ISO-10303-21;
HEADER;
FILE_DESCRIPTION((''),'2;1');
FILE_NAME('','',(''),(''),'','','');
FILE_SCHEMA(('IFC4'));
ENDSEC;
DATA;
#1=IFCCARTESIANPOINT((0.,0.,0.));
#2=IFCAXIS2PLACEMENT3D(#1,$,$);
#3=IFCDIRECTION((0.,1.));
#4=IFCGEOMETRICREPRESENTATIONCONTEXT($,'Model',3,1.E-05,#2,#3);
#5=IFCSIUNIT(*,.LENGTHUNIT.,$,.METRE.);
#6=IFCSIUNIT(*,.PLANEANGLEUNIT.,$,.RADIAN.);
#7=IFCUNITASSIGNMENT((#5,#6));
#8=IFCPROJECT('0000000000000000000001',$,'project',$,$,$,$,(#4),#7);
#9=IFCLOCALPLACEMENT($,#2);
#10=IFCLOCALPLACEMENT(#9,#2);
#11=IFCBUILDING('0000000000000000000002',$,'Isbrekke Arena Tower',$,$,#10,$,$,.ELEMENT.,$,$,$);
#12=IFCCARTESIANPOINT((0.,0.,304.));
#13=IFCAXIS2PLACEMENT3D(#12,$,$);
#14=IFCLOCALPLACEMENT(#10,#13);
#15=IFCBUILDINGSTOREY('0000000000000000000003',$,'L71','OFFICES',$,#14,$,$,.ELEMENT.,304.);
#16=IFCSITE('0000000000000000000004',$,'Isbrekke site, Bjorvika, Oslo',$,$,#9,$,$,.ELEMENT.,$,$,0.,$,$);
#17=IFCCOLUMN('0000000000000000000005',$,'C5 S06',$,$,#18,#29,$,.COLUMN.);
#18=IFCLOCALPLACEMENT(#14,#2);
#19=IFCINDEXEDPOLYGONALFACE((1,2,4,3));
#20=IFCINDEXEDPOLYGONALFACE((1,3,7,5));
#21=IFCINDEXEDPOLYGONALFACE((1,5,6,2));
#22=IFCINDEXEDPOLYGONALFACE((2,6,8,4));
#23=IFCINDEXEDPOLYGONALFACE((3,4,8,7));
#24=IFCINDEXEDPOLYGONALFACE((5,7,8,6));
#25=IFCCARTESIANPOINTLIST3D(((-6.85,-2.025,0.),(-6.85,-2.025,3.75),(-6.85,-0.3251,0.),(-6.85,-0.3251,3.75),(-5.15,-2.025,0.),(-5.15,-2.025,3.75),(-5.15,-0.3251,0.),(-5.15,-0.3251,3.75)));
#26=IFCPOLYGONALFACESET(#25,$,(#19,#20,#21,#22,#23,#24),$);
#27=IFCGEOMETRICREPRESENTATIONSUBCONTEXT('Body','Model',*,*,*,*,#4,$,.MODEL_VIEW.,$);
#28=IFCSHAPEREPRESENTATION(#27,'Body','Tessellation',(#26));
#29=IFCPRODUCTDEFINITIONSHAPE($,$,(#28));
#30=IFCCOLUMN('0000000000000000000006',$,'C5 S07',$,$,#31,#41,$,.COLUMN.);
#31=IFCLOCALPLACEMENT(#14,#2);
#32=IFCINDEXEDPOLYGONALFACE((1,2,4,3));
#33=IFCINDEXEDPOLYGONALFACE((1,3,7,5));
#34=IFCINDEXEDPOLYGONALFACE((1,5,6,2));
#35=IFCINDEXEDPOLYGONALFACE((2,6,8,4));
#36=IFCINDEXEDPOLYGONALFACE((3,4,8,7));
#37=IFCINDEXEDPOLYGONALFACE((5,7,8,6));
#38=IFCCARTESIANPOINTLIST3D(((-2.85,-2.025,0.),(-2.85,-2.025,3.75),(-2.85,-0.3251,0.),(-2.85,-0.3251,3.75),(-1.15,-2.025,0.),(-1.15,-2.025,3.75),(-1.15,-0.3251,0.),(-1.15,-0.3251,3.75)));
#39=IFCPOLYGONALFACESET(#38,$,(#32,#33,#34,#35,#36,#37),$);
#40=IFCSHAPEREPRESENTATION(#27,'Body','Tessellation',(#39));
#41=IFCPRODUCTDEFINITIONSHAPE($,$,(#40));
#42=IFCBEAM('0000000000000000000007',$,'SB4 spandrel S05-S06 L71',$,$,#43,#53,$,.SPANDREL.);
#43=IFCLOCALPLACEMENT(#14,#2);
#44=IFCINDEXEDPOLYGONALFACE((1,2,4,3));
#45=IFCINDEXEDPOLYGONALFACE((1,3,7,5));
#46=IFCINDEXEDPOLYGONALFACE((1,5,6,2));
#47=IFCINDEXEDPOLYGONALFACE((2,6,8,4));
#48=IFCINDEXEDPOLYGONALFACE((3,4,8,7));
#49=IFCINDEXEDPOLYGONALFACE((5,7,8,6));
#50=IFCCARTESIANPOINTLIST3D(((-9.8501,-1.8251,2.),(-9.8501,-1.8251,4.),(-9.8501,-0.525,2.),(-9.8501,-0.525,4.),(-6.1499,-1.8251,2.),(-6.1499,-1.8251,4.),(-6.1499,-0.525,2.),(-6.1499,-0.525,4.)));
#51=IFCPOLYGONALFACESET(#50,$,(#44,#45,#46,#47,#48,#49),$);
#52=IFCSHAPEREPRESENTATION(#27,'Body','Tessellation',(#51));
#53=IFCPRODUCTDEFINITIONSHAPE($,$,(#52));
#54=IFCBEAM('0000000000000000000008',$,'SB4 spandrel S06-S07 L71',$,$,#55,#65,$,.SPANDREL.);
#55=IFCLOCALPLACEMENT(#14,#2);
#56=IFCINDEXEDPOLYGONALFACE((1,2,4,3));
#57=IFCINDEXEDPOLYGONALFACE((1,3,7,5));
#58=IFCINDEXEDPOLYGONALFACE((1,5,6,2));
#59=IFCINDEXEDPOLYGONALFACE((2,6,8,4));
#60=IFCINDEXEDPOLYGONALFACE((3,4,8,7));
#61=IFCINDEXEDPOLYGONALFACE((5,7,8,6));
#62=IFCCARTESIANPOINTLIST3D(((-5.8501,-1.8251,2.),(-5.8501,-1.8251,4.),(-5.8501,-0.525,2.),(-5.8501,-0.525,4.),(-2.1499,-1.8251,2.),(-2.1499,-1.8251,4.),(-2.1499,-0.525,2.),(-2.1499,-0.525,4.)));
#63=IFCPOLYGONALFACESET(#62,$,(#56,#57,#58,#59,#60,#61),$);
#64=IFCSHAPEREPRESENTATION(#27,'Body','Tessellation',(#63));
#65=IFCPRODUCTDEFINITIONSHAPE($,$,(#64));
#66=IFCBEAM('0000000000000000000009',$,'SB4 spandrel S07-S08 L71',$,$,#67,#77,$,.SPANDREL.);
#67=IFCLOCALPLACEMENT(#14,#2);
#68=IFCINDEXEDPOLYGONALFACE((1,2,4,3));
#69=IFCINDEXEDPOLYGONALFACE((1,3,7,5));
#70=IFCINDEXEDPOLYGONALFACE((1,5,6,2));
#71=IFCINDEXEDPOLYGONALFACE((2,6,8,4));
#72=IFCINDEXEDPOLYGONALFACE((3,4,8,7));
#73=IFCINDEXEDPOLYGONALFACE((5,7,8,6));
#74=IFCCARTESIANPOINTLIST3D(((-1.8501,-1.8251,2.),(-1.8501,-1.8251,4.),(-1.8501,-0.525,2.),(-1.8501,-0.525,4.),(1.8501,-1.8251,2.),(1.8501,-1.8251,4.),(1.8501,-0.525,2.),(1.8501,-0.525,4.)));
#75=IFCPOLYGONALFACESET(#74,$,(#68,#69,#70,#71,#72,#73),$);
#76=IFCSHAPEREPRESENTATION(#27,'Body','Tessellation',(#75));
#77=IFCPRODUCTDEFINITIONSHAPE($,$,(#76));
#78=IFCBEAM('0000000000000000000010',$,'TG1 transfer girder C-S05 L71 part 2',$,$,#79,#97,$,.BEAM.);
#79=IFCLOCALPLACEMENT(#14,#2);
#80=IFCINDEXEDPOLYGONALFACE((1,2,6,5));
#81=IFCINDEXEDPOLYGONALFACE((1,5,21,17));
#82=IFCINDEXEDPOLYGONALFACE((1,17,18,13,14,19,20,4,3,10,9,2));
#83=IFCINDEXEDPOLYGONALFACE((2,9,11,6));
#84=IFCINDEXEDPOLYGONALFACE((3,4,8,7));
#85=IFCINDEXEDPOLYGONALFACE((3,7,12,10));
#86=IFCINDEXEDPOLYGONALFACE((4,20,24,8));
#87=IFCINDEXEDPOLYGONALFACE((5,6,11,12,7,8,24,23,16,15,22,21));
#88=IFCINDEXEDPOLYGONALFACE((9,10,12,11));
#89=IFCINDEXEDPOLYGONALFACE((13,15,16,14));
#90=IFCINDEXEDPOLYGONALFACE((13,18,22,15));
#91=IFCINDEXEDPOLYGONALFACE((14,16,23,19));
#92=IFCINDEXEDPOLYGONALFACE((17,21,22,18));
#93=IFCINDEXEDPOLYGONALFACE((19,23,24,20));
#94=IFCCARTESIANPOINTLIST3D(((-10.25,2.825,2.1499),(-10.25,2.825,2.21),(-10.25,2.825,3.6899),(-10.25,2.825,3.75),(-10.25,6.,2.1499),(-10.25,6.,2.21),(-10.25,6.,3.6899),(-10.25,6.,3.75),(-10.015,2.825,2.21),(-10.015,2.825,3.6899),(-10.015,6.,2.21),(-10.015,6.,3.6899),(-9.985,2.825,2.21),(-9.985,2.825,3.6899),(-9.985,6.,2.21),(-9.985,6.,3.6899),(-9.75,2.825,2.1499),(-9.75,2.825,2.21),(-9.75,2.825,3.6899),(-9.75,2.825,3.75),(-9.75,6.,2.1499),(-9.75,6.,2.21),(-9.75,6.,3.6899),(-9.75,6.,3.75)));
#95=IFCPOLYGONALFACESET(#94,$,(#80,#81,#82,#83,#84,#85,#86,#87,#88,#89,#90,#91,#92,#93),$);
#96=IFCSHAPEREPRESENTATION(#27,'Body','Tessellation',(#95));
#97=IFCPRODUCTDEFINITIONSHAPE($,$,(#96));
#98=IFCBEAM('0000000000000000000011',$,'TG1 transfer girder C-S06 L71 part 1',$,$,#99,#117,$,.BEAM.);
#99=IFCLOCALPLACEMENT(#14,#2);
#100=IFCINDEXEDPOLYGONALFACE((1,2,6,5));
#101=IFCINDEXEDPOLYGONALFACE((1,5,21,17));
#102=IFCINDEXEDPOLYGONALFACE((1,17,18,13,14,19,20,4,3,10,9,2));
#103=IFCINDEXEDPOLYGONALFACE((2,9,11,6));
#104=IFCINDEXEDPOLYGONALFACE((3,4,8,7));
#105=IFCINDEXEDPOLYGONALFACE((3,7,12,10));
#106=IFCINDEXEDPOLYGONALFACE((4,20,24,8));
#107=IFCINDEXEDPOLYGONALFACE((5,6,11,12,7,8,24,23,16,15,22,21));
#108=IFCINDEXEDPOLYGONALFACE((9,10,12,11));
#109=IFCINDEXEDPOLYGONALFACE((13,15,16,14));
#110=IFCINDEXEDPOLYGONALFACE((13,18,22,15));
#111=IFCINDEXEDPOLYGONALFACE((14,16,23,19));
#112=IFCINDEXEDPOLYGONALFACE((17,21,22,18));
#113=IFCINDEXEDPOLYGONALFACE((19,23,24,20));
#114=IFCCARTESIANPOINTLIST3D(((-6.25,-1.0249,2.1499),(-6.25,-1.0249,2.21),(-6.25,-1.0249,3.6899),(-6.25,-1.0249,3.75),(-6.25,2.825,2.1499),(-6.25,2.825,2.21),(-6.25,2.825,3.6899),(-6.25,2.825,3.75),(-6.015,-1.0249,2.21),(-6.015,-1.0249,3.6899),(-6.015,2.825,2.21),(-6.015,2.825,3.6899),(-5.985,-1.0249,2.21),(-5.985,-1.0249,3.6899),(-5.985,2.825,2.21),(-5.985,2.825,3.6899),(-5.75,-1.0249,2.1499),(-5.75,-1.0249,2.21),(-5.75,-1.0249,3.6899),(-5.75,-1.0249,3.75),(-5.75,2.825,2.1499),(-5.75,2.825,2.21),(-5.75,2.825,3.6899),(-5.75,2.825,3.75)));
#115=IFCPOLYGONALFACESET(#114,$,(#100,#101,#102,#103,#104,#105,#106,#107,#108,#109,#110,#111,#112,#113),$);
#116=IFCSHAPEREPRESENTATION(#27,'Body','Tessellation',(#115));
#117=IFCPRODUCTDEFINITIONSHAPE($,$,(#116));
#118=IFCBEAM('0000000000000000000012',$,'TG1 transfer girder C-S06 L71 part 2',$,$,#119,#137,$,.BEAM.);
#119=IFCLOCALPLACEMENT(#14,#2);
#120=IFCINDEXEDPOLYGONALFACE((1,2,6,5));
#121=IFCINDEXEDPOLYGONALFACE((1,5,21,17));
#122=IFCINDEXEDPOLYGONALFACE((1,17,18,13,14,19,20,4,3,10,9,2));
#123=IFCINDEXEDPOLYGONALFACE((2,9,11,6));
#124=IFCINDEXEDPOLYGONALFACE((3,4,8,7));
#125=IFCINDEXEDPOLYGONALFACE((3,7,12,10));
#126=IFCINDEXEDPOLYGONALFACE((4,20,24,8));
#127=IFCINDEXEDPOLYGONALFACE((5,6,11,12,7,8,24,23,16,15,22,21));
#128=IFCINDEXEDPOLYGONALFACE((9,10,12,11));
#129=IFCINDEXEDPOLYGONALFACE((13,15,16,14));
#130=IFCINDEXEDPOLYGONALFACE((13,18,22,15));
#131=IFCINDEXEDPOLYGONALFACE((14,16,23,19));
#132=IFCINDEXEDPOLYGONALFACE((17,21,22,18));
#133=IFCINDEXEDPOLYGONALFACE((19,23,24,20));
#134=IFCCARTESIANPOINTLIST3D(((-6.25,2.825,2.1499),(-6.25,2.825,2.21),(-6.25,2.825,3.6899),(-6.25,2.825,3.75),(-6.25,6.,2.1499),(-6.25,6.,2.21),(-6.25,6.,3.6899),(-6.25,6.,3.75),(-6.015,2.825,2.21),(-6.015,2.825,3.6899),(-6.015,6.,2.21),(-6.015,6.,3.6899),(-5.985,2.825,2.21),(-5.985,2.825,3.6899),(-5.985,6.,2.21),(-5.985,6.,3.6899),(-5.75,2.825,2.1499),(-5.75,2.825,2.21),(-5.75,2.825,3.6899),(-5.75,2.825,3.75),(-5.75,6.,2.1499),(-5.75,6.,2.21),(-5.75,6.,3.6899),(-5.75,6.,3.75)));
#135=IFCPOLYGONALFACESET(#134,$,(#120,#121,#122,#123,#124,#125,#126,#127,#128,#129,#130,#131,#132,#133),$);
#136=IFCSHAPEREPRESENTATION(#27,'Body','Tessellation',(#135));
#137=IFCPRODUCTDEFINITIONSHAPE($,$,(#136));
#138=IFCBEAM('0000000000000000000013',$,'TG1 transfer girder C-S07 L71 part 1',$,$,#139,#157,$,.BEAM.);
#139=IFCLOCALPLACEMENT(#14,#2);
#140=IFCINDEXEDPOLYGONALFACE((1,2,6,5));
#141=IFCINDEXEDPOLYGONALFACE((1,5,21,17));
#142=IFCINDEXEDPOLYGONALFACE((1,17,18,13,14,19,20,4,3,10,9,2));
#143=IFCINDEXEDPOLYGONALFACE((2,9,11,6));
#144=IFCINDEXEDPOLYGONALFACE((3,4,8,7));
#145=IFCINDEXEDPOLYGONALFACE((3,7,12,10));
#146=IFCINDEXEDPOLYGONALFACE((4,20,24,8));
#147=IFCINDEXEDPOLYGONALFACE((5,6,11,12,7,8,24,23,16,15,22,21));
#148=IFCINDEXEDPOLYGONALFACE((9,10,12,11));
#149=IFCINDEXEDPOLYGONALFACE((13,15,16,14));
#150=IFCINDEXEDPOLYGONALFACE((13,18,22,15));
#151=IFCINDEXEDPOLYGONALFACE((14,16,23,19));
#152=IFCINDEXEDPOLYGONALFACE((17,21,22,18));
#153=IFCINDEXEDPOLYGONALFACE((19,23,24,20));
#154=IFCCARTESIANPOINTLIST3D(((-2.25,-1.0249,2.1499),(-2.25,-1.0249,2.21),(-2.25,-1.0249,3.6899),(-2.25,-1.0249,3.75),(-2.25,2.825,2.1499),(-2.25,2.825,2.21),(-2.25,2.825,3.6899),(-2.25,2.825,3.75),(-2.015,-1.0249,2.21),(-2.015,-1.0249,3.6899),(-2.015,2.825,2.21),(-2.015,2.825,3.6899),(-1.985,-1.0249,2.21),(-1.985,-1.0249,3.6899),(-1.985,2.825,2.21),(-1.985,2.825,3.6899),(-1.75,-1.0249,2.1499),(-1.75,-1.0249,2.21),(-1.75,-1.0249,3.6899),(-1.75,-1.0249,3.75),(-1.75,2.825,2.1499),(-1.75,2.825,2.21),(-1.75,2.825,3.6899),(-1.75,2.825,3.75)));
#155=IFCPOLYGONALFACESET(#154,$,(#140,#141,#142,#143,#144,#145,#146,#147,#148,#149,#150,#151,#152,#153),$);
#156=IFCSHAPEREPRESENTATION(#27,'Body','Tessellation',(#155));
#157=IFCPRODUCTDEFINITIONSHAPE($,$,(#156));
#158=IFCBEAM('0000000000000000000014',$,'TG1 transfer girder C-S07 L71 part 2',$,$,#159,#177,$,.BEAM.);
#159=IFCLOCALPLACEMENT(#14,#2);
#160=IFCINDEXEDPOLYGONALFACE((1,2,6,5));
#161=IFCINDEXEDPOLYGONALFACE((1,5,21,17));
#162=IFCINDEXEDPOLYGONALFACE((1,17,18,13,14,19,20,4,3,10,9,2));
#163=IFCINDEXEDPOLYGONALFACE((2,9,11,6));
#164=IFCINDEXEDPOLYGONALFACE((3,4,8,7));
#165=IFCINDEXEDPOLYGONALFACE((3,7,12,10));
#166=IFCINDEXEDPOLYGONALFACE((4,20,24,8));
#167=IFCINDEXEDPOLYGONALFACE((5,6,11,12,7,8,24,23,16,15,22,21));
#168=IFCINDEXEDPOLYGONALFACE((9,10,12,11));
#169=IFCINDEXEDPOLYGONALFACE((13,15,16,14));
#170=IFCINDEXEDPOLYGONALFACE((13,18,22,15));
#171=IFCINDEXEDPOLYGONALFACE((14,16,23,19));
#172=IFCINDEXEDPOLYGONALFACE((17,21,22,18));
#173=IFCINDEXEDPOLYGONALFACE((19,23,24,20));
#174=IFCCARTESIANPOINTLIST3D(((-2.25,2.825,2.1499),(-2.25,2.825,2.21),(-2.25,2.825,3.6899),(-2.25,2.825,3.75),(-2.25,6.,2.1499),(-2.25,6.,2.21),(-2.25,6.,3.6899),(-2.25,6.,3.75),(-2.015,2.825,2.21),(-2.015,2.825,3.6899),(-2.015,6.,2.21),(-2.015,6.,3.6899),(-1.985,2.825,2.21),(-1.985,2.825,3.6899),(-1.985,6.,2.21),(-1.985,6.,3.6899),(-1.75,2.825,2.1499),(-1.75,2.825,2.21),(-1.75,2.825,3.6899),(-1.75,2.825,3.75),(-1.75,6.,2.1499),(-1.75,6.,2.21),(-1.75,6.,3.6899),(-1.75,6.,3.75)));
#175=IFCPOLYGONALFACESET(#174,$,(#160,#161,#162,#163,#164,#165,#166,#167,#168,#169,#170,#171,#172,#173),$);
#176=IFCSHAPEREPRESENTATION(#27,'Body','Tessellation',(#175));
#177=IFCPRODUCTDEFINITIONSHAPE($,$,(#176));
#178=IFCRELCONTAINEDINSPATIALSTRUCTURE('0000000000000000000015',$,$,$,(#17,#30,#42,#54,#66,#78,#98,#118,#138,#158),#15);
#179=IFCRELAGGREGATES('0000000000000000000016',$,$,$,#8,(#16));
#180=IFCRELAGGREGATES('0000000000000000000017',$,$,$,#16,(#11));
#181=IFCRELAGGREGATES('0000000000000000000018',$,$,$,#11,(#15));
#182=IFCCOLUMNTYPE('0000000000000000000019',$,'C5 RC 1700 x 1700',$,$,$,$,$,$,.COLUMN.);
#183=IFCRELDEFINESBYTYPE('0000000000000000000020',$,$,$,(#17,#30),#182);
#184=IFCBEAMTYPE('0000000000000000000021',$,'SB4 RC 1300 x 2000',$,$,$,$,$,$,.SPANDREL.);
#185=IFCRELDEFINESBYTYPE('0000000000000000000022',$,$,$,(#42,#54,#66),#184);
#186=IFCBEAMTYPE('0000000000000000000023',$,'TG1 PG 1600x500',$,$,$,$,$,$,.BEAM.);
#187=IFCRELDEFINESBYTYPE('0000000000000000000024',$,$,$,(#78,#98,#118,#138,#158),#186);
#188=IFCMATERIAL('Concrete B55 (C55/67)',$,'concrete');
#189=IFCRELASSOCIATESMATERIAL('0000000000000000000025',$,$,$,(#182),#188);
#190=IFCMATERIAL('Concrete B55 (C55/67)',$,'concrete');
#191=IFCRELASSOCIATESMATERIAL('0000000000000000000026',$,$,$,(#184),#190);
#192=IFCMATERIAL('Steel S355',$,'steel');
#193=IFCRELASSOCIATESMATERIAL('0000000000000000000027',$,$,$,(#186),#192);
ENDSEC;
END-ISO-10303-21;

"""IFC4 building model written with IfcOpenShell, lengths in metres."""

from ifc_helpers import new_model, si_unit, direction, frame, origin, origin_2d, place, context, subcontext, project, spatial, rectangle, i_section, extrude, material, material_profile, profile_set, type_object, element, save


model = new_model("IFC4")

# Units and contexts
model_context = context("Model", 3, precision=1e-05, world=origin(), true_north=direction((0.0, 1.0)))
body_context = subcontext(model_context, "Body", "Model", "MODEL_VIEW")
ifc_project = project(units=[si_unit("LENGTHUNIT", "METRE"), si_unit("PLANEANGLEUNIT", "RADIAN")], contexts=[model_context])

# Site, building, storey
site_placement = place(None, origin())
site = spatial("IfcSite", under=ifc_project, at=site_placement, Name="Isbrekke site, Bjorvika, Oslo", CompositionType="ELEMENT", RefElevation=0.0)
building_placement = place(site_placement, origin())
building = spatial("IfcBuilding", under=site, at=building_placement, Name="Isbrekke Arena Tower", CompositionType="ELEMENT")
storey_placement = place(building_placement, frame((0.0, 0.0, 304.0)))
storey = spatial("IfcBuildingStorey", under=building, at=storey_placement, Name="L71", Description="OFFICES", CompositionType="ELEMENT", Elevation=304.0)

# Columns
ifc_material_1 = material(Name="Concrete B55 (C55/67)", Category="concrete")
ifc_material_profile_1 = material_profile(ifc_material_1, rectangle(XDim=1.7, YDim=1.7, at=origin_2d()), Name="RC 1700x1700")
ifc_profile_set_1 = profile_set([ifc_material_profile_1], Name="Concrete B55 (C55/67)")
column_type = type_object("IfcColumnType", Name="C5 RC 1700 x 1700", PredefinedType="COLUMN", material=ifc_profile_set_1)
for number, where, z_axis, x_axis, name in (
    (1, (-6.0, -1.175, 0.0), (0.0, 0.0, 1.0), (1.0, 0.0, 0.0), "C5 S06"),
    (2, (-2.0, -1.175, 0.0), (0.0, 0.0, 1.0), (1.0, 0.0, 0.0), "C5 S07"),
):
    element("IfcColumn", number, at=place(storey_placement, frame(where, z_axis=z_axis, x_axis=x_axis)), inside=storey, type_object=column_type, Name=name, PredefinedType="COLUMN", context=body_context, shape_type="SweptSolid", body=[
        extrude(rectangle(XDim=1.7, YDim=1.7, at=origin_2d()), origin(), (0.0, 0.0, 1.0), 3.75),
    ])

# Beams
ifc_material_2 = material(Name="Concrete B55 (C55/67)", Category="concrete")
ifc_material_profile_2 = material_profile(ifc_material_2, rectangle(XDim=1.3, YDim=2.0, at=origin_2d()), Name="RC 1300x2000")
ifc_profile_set_2 = profile_set([ifc_material_profile_2], Name="Concrete B55 (C55/67)")
beam_type_1 = type_object("IfcBeamType", Name="SB4 RC 1300 x 2000", PredefinedType="SPANDREL", material=ifc_profile_set_2)
for number, where, z_axis, x_axis, name in (
    (3, (-9.8501, -1.175, 3.0), (1.0, 0.0, 0.0), (0.0, 1.0, 0.0), "SB4 spandrel S05-S06 L71"),
    (4, (-5.8501, -1.175, 3.0), (1.0, 0.0, 0.0), (0.0, 1.0, 0.0), "SB4 spandrel S06-S07 L71"),
    (5, (-1.8501, -1.175, 3.0), (1.0, 0.0, 0.0), (0.0, 1.0, 0.0), "SB4 spandrel S07-S08 L71"),
):
    element("IfcBeam", number, at=place(storey_placement, frame(where, z_axis=z_axis, x_axis=x_axis)), inside=storey, type_object=beam_type_1, Name=name, PredefinedType="SPANDREL", context=body_context, shape_type="SweptSolid", body=[
        extrude(rectangle(XDim=1.3, YDim=2.0, at=origin_2d()), origin(), (0.0, 0.0, 1.0), 3.7002),
    ])
ifc_material_3 = material(Name="Steel S355", Category="steel")
ifc_material_profile_3 = material_profile(ifc_material_3, i_section(OverallWidth=0.5, OverallDepth=1.6001, WebThickness=0.03, FlangeThickness=0.0601, at=origin_2d()), Name="PG 1600x500")
ifc_profile_set_3 = profile_set([ifc_material_profile_3], Name="Steel S355")
beam_type_2 = type_object("IfcBeamType", Name="TG1 PG 1600x500", PredefinedType="BEAM", material=ifc_profile_set_3)
beam_1_placement = place(storey_placement, frame((-10.0, 2.825, 2.95), z_axis=(0.0, 1.0, 0.0), x_axis=(-1.0, 0.0, 0.0)))
element("IfcBeam", 6, at=beam_1_placement, inside=storey, type_object=beam_type_2, Name="TG1 transfer girder C-S05 L71 part 2", PredefinedType="BEAM", context=body_context, shape_type="SweptSolid", body=[
    extrude(i_section(OverallWidth=0.5, OverallDepth=1.6001, WebThickness=0.03, FlangeThickness=0.0601, at=origin_2d()), origin(), (0.0, 0.0, 1.0), 3.175),
])
beam_2_placement = place(storey_placement, frame((-6.0, -1.0249, 2.95), z_axis=(0.0, 1.0, 0.0), x_axis=(-1.0, 0.0, 0.0)))
element("IfcBeam", 7, at=beam_2_placement, inside=storey, type_object=beam_type_2, Name="TG1 transfer girder C-S06 L71 part 1", PredefinedType="BEAM", context=body_context, shape_type="SweptSolid", body=[
    extrude(i_section(OverallWidth=0.5, OverallDepth=1.6001, WebThickness=0.03, FlangeThickness=0.0601, at=origin_2d()), origin(), (0.0, 0.0, 1.0), 3.8499),
])
beam_3_placement = place(storey_placement, frame((-6.0, 2.825, 2.95), z_axis=(0.0, 1.0, 0.0), x_axis=(-1.0, 0.0, 0.0)))
element("IfcBeam", 8, at=beam_3_placement, inside=storey, type_object=beam_type_2, Name="TG1 transfer girder C-S06 L71 part 2", PredefinedType="BEAM", context=body_context, shape_type="SweptSolid", body=[
    extrude(i_section(OverallWidth=0.5, OverallDepth=1.6001, WebThickness=0.03, FlangeThickness=0.0601, at=origin_2d()), origin(), (0.0, 0.0, 1.0), 3.175),
])
beam_4_placement = place(storey_placement, frame((-2.0, -1.0249, 2.95), z_axis=(0.0, 1.0, 0.0), x_axis=(-1.0, 0.0, 0.0)))
element("IfcBeam", 9, at=beam_4_placement, inside=storey, type_object=beam_type_2, Name="TG1 transfer girder C-S07 L71 part 1", PredefinedType="BEAM", context=body_context, shape_type="SweptSolid", body=[
    extrude(i_section(OverallWidth=0.5, OverallDepth=1.6001, WebThickness=0.03, FlangeThickness=0.0601, at=origin_2d()), origin(), (0.0, 0.0, 1.0), 3.8499),
])
beam_5_placement = place(storey_placement, frame((-2.0, 2.825, 2.95), z_axis=(0.0, 1.0, 0.0), x_axis=(-1.0, 0.0, 0.0)))
element("IfcBeam", 10, at=beam_5_placement, inside=storey, type_object=beam_type_2, Name="TG1 transfer girder C-S07 L71 part 2", PredefinedType="BEAM", context=body_context, shape_type="SweptSolid", body=[
    extrude(i_section(OverallWidth=0.5, OverallDepth=1.6001, WebThickness=0.03, FlangeThickness=0.0601, at=origin_2d()), origin(), (0.0, 0.0, 1.0), 3.175),
])

save(model, "model.ifc")
